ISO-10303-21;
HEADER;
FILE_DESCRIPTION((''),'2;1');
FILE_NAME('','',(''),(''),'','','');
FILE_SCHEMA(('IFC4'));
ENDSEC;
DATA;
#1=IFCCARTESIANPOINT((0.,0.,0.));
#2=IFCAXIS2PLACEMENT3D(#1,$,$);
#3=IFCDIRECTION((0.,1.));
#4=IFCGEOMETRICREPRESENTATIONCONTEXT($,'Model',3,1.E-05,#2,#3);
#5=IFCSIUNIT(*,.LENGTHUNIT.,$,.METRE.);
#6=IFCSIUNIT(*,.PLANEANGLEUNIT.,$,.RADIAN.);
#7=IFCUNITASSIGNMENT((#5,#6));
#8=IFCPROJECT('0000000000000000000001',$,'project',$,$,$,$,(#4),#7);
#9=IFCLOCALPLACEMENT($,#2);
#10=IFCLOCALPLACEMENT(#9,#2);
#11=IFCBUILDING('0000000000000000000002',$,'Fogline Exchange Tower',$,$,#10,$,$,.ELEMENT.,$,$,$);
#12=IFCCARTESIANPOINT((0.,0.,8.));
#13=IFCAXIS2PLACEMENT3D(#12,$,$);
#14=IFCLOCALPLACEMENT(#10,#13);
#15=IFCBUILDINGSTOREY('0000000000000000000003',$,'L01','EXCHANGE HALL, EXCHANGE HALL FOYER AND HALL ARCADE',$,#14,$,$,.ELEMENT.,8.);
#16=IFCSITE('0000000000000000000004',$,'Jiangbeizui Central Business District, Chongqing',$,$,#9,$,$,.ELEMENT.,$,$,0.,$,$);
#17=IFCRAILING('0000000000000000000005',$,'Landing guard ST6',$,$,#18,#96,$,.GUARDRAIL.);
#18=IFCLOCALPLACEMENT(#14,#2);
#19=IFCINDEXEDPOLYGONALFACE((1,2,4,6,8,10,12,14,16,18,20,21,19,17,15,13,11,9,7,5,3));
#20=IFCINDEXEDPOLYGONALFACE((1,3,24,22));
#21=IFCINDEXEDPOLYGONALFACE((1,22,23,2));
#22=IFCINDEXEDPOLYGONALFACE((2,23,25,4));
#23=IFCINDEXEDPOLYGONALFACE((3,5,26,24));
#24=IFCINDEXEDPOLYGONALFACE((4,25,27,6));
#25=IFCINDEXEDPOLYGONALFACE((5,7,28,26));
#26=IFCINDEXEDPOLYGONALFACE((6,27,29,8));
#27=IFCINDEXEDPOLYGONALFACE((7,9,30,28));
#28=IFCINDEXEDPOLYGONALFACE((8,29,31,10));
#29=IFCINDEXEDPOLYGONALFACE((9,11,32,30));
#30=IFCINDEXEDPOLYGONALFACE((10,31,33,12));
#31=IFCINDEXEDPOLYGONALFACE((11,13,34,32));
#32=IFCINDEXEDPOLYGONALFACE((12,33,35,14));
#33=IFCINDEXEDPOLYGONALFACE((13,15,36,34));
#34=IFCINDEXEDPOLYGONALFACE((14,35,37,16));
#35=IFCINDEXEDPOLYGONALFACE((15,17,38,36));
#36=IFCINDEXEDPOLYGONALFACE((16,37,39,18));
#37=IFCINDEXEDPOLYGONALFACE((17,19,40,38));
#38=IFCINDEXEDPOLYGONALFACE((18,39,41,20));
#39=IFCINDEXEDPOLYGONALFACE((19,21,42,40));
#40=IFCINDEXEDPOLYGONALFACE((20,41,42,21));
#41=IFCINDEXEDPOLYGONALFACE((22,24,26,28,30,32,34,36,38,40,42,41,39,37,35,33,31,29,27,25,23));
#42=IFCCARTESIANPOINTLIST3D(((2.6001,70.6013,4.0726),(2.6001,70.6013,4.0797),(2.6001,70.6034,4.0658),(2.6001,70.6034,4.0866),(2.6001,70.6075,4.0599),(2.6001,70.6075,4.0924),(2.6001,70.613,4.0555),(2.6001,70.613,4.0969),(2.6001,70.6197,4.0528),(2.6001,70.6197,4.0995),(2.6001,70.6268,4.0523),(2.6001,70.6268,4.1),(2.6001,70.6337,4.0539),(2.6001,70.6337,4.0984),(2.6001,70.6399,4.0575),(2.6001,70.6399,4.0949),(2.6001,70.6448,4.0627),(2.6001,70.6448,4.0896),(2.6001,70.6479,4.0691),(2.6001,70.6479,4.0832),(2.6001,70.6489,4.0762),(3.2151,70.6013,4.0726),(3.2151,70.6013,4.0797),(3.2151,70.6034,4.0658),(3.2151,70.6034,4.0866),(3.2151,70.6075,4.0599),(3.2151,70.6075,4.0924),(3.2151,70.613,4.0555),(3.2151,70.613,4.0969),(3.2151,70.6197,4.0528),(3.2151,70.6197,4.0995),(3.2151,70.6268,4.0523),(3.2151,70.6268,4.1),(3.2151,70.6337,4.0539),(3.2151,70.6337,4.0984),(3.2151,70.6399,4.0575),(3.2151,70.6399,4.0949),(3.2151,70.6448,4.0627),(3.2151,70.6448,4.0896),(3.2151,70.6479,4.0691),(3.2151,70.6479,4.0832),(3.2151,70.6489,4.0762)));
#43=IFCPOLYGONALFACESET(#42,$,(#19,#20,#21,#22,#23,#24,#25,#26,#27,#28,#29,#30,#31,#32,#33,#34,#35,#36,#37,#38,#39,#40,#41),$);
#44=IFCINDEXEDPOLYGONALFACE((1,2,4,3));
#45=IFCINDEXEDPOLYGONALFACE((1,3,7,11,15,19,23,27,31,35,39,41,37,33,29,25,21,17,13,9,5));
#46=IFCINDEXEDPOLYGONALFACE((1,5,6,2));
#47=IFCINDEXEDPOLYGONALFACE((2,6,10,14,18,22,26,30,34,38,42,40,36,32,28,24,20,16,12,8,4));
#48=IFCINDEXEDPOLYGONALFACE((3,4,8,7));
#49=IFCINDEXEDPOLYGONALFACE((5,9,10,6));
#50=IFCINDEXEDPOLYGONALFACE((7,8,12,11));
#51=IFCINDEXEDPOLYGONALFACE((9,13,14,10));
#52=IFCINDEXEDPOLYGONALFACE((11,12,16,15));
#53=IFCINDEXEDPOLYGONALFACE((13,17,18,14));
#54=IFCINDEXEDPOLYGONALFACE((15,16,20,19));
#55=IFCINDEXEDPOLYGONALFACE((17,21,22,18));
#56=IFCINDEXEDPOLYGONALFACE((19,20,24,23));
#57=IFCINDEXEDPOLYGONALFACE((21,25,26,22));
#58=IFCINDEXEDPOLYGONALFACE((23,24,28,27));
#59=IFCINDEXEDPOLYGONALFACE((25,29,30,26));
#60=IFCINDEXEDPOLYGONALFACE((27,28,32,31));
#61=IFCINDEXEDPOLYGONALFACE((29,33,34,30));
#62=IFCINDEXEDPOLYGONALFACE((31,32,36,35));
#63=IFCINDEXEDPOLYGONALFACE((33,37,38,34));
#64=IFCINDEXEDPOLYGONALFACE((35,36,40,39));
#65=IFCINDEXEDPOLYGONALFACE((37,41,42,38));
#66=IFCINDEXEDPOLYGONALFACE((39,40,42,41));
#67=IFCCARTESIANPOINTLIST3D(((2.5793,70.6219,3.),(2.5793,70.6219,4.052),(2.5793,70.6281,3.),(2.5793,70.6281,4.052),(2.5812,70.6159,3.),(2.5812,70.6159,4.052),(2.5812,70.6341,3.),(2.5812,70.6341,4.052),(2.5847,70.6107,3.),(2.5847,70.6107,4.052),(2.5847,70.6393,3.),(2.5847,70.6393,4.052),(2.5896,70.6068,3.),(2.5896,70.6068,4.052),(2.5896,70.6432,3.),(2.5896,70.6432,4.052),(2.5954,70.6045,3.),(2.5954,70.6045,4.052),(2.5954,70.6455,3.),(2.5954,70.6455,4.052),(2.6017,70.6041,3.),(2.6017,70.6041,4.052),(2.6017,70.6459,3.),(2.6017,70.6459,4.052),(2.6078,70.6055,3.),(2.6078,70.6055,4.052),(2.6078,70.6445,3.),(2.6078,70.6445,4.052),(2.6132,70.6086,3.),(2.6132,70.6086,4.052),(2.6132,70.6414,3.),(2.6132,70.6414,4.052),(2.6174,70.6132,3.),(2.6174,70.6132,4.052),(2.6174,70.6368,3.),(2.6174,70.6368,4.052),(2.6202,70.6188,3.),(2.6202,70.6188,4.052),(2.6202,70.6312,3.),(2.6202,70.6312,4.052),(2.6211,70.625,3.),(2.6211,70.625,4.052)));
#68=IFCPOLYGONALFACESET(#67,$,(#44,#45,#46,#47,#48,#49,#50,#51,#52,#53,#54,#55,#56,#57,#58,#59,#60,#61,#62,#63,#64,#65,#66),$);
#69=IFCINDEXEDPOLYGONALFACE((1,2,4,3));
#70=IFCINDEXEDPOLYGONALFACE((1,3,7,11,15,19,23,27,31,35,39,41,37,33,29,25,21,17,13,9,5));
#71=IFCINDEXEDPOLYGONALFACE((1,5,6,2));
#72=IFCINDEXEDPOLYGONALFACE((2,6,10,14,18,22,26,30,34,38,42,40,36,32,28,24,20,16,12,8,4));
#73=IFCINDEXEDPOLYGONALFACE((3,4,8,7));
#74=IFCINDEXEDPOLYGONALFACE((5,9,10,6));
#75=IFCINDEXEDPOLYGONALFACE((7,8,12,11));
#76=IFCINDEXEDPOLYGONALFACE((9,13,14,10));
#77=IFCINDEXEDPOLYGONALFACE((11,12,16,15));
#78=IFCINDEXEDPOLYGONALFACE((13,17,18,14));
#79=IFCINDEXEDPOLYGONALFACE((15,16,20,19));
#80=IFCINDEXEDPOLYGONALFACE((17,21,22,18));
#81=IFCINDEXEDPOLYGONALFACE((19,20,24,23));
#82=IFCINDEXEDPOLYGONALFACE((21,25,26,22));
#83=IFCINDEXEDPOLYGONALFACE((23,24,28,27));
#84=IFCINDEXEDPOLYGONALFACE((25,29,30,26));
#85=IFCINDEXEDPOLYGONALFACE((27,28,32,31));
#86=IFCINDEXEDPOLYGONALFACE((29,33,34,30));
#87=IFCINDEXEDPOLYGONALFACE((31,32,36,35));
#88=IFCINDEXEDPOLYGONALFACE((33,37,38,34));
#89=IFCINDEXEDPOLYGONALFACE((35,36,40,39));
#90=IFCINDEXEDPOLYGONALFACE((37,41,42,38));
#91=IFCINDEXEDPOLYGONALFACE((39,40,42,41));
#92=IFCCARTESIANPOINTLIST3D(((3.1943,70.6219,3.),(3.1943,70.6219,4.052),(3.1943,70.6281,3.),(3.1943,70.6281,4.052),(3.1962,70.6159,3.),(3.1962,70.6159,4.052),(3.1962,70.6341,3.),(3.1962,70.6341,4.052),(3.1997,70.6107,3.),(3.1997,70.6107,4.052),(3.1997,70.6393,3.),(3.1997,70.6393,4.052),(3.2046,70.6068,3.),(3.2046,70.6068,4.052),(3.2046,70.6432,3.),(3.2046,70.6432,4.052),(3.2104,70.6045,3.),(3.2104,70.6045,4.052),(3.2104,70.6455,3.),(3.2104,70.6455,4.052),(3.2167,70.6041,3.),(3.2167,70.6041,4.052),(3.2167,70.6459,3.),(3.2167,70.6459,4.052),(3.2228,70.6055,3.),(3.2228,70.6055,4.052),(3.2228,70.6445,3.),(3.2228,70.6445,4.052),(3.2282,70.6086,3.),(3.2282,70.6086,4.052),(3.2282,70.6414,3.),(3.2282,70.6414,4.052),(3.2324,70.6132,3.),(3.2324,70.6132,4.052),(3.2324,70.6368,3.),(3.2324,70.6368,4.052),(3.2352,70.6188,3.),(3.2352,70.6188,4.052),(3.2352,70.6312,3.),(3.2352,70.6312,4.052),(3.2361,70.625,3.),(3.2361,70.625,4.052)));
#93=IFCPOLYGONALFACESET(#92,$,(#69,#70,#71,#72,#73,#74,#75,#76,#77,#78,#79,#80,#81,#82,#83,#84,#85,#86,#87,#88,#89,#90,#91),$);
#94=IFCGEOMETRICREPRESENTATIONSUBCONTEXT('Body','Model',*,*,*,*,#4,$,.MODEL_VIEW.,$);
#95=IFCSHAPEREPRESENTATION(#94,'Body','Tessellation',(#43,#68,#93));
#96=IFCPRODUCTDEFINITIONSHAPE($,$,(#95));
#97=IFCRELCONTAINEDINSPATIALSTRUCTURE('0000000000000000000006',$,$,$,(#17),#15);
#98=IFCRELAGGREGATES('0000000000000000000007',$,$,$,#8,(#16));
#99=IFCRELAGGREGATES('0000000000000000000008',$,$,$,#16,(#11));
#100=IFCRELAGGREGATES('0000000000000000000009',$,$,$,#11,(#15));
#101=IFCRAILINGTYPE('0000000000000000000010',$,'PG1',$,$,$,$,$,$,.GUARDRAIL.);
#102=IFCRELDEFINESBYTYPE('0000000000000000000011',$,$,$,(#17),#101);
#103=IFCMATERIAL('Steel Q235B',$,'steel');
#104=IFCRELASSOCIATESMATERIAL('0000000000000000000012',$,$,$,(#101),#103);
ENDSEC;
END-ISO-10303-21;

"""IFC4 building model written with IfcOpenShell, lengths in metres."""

from ifc_helpers import new_model, si_unit, direction, frame, origin, origin_2d, place, context, subcontext, project, spatial, circle, extrude, material, type_object, element, save


model = new_model("IFC4")

# Units and contexts
model_context = context("Model", 3, precision=1e-05, world=origin(), true_north=direction((0.0, 1.0)))
body_context = subcontext(model_context, "Body", "Model", "MODEL_VIEW")
ifc_project = project(units=[si_unit("LENGTHUNIT", "METRE"), si_unit("PLANEANGLEUNIT", "RADIAN")], contexts=[model_context])

# Site, building, storey
site_placement = place(None, origin())
site = spatial("IfcSite", under=ifc_project, at=site_placement, Name="Jiangbeizui Central Business District, Chongqing", CompositionType="ELEMENT", RefElevation=0.0)
building_placement = place(site_placement, origin())
building = spatial("IfcBuilding", under=site, at=building_placement, Name="Fogline Exchange Tower", CompositionType="ELEMENT")
storey_placement = place(building_placement, frame((0.0, 0.0, 8.0)))
storey = spatial("IfcBuildingStorey", under=building, at=storey_placement, Name="L01", Description="EXCHANGE HALL, EXCHANGE HALL FOYER AND HALL ARCADE", CompositionType="ELEMENT", Elevation=8.0)

# Shared definitions
ifc_material_1 = material(Name="Steel Q235B", Category="steel")

# Railing
railing_type_1 = type_object("IfcRailingType", Name="PG1", PredefinedType="GUARDRAIL", material=ifc_material_1)
railing_placement = place(storey_placement, frame((2.6001, 70.625, 3.0)))
element("IfcRailing", 1, at=railing_placement, inside=storey, type_object=railing_type_1, Name="Landing guard ST6", PredefinedType="GUARDRAIL", context=body_context, shape_type="SweptSolid", body=[
    extrude(circle(Radius=0.0239, at=origin_2d()), frame((0.0, 0.0, 1.0762), z_axis=(1.0, 0.0, 0.0), x_axis=(0.0, 1.0, 0.0)), (0.0, 0.0, 1.0), 0.615),
    extrude(circle(Radius=0.021, at=origin_2d()), origin(), (0.0, 0.0, 1.0), 1.052),
    extrude(circle(Radius=0.021, at=origin_2d()), frame((0.615, 0.0, 0.0)), (0.0, 0.0, 1.0), 1.052),
])

save(model, "model.ifc")
